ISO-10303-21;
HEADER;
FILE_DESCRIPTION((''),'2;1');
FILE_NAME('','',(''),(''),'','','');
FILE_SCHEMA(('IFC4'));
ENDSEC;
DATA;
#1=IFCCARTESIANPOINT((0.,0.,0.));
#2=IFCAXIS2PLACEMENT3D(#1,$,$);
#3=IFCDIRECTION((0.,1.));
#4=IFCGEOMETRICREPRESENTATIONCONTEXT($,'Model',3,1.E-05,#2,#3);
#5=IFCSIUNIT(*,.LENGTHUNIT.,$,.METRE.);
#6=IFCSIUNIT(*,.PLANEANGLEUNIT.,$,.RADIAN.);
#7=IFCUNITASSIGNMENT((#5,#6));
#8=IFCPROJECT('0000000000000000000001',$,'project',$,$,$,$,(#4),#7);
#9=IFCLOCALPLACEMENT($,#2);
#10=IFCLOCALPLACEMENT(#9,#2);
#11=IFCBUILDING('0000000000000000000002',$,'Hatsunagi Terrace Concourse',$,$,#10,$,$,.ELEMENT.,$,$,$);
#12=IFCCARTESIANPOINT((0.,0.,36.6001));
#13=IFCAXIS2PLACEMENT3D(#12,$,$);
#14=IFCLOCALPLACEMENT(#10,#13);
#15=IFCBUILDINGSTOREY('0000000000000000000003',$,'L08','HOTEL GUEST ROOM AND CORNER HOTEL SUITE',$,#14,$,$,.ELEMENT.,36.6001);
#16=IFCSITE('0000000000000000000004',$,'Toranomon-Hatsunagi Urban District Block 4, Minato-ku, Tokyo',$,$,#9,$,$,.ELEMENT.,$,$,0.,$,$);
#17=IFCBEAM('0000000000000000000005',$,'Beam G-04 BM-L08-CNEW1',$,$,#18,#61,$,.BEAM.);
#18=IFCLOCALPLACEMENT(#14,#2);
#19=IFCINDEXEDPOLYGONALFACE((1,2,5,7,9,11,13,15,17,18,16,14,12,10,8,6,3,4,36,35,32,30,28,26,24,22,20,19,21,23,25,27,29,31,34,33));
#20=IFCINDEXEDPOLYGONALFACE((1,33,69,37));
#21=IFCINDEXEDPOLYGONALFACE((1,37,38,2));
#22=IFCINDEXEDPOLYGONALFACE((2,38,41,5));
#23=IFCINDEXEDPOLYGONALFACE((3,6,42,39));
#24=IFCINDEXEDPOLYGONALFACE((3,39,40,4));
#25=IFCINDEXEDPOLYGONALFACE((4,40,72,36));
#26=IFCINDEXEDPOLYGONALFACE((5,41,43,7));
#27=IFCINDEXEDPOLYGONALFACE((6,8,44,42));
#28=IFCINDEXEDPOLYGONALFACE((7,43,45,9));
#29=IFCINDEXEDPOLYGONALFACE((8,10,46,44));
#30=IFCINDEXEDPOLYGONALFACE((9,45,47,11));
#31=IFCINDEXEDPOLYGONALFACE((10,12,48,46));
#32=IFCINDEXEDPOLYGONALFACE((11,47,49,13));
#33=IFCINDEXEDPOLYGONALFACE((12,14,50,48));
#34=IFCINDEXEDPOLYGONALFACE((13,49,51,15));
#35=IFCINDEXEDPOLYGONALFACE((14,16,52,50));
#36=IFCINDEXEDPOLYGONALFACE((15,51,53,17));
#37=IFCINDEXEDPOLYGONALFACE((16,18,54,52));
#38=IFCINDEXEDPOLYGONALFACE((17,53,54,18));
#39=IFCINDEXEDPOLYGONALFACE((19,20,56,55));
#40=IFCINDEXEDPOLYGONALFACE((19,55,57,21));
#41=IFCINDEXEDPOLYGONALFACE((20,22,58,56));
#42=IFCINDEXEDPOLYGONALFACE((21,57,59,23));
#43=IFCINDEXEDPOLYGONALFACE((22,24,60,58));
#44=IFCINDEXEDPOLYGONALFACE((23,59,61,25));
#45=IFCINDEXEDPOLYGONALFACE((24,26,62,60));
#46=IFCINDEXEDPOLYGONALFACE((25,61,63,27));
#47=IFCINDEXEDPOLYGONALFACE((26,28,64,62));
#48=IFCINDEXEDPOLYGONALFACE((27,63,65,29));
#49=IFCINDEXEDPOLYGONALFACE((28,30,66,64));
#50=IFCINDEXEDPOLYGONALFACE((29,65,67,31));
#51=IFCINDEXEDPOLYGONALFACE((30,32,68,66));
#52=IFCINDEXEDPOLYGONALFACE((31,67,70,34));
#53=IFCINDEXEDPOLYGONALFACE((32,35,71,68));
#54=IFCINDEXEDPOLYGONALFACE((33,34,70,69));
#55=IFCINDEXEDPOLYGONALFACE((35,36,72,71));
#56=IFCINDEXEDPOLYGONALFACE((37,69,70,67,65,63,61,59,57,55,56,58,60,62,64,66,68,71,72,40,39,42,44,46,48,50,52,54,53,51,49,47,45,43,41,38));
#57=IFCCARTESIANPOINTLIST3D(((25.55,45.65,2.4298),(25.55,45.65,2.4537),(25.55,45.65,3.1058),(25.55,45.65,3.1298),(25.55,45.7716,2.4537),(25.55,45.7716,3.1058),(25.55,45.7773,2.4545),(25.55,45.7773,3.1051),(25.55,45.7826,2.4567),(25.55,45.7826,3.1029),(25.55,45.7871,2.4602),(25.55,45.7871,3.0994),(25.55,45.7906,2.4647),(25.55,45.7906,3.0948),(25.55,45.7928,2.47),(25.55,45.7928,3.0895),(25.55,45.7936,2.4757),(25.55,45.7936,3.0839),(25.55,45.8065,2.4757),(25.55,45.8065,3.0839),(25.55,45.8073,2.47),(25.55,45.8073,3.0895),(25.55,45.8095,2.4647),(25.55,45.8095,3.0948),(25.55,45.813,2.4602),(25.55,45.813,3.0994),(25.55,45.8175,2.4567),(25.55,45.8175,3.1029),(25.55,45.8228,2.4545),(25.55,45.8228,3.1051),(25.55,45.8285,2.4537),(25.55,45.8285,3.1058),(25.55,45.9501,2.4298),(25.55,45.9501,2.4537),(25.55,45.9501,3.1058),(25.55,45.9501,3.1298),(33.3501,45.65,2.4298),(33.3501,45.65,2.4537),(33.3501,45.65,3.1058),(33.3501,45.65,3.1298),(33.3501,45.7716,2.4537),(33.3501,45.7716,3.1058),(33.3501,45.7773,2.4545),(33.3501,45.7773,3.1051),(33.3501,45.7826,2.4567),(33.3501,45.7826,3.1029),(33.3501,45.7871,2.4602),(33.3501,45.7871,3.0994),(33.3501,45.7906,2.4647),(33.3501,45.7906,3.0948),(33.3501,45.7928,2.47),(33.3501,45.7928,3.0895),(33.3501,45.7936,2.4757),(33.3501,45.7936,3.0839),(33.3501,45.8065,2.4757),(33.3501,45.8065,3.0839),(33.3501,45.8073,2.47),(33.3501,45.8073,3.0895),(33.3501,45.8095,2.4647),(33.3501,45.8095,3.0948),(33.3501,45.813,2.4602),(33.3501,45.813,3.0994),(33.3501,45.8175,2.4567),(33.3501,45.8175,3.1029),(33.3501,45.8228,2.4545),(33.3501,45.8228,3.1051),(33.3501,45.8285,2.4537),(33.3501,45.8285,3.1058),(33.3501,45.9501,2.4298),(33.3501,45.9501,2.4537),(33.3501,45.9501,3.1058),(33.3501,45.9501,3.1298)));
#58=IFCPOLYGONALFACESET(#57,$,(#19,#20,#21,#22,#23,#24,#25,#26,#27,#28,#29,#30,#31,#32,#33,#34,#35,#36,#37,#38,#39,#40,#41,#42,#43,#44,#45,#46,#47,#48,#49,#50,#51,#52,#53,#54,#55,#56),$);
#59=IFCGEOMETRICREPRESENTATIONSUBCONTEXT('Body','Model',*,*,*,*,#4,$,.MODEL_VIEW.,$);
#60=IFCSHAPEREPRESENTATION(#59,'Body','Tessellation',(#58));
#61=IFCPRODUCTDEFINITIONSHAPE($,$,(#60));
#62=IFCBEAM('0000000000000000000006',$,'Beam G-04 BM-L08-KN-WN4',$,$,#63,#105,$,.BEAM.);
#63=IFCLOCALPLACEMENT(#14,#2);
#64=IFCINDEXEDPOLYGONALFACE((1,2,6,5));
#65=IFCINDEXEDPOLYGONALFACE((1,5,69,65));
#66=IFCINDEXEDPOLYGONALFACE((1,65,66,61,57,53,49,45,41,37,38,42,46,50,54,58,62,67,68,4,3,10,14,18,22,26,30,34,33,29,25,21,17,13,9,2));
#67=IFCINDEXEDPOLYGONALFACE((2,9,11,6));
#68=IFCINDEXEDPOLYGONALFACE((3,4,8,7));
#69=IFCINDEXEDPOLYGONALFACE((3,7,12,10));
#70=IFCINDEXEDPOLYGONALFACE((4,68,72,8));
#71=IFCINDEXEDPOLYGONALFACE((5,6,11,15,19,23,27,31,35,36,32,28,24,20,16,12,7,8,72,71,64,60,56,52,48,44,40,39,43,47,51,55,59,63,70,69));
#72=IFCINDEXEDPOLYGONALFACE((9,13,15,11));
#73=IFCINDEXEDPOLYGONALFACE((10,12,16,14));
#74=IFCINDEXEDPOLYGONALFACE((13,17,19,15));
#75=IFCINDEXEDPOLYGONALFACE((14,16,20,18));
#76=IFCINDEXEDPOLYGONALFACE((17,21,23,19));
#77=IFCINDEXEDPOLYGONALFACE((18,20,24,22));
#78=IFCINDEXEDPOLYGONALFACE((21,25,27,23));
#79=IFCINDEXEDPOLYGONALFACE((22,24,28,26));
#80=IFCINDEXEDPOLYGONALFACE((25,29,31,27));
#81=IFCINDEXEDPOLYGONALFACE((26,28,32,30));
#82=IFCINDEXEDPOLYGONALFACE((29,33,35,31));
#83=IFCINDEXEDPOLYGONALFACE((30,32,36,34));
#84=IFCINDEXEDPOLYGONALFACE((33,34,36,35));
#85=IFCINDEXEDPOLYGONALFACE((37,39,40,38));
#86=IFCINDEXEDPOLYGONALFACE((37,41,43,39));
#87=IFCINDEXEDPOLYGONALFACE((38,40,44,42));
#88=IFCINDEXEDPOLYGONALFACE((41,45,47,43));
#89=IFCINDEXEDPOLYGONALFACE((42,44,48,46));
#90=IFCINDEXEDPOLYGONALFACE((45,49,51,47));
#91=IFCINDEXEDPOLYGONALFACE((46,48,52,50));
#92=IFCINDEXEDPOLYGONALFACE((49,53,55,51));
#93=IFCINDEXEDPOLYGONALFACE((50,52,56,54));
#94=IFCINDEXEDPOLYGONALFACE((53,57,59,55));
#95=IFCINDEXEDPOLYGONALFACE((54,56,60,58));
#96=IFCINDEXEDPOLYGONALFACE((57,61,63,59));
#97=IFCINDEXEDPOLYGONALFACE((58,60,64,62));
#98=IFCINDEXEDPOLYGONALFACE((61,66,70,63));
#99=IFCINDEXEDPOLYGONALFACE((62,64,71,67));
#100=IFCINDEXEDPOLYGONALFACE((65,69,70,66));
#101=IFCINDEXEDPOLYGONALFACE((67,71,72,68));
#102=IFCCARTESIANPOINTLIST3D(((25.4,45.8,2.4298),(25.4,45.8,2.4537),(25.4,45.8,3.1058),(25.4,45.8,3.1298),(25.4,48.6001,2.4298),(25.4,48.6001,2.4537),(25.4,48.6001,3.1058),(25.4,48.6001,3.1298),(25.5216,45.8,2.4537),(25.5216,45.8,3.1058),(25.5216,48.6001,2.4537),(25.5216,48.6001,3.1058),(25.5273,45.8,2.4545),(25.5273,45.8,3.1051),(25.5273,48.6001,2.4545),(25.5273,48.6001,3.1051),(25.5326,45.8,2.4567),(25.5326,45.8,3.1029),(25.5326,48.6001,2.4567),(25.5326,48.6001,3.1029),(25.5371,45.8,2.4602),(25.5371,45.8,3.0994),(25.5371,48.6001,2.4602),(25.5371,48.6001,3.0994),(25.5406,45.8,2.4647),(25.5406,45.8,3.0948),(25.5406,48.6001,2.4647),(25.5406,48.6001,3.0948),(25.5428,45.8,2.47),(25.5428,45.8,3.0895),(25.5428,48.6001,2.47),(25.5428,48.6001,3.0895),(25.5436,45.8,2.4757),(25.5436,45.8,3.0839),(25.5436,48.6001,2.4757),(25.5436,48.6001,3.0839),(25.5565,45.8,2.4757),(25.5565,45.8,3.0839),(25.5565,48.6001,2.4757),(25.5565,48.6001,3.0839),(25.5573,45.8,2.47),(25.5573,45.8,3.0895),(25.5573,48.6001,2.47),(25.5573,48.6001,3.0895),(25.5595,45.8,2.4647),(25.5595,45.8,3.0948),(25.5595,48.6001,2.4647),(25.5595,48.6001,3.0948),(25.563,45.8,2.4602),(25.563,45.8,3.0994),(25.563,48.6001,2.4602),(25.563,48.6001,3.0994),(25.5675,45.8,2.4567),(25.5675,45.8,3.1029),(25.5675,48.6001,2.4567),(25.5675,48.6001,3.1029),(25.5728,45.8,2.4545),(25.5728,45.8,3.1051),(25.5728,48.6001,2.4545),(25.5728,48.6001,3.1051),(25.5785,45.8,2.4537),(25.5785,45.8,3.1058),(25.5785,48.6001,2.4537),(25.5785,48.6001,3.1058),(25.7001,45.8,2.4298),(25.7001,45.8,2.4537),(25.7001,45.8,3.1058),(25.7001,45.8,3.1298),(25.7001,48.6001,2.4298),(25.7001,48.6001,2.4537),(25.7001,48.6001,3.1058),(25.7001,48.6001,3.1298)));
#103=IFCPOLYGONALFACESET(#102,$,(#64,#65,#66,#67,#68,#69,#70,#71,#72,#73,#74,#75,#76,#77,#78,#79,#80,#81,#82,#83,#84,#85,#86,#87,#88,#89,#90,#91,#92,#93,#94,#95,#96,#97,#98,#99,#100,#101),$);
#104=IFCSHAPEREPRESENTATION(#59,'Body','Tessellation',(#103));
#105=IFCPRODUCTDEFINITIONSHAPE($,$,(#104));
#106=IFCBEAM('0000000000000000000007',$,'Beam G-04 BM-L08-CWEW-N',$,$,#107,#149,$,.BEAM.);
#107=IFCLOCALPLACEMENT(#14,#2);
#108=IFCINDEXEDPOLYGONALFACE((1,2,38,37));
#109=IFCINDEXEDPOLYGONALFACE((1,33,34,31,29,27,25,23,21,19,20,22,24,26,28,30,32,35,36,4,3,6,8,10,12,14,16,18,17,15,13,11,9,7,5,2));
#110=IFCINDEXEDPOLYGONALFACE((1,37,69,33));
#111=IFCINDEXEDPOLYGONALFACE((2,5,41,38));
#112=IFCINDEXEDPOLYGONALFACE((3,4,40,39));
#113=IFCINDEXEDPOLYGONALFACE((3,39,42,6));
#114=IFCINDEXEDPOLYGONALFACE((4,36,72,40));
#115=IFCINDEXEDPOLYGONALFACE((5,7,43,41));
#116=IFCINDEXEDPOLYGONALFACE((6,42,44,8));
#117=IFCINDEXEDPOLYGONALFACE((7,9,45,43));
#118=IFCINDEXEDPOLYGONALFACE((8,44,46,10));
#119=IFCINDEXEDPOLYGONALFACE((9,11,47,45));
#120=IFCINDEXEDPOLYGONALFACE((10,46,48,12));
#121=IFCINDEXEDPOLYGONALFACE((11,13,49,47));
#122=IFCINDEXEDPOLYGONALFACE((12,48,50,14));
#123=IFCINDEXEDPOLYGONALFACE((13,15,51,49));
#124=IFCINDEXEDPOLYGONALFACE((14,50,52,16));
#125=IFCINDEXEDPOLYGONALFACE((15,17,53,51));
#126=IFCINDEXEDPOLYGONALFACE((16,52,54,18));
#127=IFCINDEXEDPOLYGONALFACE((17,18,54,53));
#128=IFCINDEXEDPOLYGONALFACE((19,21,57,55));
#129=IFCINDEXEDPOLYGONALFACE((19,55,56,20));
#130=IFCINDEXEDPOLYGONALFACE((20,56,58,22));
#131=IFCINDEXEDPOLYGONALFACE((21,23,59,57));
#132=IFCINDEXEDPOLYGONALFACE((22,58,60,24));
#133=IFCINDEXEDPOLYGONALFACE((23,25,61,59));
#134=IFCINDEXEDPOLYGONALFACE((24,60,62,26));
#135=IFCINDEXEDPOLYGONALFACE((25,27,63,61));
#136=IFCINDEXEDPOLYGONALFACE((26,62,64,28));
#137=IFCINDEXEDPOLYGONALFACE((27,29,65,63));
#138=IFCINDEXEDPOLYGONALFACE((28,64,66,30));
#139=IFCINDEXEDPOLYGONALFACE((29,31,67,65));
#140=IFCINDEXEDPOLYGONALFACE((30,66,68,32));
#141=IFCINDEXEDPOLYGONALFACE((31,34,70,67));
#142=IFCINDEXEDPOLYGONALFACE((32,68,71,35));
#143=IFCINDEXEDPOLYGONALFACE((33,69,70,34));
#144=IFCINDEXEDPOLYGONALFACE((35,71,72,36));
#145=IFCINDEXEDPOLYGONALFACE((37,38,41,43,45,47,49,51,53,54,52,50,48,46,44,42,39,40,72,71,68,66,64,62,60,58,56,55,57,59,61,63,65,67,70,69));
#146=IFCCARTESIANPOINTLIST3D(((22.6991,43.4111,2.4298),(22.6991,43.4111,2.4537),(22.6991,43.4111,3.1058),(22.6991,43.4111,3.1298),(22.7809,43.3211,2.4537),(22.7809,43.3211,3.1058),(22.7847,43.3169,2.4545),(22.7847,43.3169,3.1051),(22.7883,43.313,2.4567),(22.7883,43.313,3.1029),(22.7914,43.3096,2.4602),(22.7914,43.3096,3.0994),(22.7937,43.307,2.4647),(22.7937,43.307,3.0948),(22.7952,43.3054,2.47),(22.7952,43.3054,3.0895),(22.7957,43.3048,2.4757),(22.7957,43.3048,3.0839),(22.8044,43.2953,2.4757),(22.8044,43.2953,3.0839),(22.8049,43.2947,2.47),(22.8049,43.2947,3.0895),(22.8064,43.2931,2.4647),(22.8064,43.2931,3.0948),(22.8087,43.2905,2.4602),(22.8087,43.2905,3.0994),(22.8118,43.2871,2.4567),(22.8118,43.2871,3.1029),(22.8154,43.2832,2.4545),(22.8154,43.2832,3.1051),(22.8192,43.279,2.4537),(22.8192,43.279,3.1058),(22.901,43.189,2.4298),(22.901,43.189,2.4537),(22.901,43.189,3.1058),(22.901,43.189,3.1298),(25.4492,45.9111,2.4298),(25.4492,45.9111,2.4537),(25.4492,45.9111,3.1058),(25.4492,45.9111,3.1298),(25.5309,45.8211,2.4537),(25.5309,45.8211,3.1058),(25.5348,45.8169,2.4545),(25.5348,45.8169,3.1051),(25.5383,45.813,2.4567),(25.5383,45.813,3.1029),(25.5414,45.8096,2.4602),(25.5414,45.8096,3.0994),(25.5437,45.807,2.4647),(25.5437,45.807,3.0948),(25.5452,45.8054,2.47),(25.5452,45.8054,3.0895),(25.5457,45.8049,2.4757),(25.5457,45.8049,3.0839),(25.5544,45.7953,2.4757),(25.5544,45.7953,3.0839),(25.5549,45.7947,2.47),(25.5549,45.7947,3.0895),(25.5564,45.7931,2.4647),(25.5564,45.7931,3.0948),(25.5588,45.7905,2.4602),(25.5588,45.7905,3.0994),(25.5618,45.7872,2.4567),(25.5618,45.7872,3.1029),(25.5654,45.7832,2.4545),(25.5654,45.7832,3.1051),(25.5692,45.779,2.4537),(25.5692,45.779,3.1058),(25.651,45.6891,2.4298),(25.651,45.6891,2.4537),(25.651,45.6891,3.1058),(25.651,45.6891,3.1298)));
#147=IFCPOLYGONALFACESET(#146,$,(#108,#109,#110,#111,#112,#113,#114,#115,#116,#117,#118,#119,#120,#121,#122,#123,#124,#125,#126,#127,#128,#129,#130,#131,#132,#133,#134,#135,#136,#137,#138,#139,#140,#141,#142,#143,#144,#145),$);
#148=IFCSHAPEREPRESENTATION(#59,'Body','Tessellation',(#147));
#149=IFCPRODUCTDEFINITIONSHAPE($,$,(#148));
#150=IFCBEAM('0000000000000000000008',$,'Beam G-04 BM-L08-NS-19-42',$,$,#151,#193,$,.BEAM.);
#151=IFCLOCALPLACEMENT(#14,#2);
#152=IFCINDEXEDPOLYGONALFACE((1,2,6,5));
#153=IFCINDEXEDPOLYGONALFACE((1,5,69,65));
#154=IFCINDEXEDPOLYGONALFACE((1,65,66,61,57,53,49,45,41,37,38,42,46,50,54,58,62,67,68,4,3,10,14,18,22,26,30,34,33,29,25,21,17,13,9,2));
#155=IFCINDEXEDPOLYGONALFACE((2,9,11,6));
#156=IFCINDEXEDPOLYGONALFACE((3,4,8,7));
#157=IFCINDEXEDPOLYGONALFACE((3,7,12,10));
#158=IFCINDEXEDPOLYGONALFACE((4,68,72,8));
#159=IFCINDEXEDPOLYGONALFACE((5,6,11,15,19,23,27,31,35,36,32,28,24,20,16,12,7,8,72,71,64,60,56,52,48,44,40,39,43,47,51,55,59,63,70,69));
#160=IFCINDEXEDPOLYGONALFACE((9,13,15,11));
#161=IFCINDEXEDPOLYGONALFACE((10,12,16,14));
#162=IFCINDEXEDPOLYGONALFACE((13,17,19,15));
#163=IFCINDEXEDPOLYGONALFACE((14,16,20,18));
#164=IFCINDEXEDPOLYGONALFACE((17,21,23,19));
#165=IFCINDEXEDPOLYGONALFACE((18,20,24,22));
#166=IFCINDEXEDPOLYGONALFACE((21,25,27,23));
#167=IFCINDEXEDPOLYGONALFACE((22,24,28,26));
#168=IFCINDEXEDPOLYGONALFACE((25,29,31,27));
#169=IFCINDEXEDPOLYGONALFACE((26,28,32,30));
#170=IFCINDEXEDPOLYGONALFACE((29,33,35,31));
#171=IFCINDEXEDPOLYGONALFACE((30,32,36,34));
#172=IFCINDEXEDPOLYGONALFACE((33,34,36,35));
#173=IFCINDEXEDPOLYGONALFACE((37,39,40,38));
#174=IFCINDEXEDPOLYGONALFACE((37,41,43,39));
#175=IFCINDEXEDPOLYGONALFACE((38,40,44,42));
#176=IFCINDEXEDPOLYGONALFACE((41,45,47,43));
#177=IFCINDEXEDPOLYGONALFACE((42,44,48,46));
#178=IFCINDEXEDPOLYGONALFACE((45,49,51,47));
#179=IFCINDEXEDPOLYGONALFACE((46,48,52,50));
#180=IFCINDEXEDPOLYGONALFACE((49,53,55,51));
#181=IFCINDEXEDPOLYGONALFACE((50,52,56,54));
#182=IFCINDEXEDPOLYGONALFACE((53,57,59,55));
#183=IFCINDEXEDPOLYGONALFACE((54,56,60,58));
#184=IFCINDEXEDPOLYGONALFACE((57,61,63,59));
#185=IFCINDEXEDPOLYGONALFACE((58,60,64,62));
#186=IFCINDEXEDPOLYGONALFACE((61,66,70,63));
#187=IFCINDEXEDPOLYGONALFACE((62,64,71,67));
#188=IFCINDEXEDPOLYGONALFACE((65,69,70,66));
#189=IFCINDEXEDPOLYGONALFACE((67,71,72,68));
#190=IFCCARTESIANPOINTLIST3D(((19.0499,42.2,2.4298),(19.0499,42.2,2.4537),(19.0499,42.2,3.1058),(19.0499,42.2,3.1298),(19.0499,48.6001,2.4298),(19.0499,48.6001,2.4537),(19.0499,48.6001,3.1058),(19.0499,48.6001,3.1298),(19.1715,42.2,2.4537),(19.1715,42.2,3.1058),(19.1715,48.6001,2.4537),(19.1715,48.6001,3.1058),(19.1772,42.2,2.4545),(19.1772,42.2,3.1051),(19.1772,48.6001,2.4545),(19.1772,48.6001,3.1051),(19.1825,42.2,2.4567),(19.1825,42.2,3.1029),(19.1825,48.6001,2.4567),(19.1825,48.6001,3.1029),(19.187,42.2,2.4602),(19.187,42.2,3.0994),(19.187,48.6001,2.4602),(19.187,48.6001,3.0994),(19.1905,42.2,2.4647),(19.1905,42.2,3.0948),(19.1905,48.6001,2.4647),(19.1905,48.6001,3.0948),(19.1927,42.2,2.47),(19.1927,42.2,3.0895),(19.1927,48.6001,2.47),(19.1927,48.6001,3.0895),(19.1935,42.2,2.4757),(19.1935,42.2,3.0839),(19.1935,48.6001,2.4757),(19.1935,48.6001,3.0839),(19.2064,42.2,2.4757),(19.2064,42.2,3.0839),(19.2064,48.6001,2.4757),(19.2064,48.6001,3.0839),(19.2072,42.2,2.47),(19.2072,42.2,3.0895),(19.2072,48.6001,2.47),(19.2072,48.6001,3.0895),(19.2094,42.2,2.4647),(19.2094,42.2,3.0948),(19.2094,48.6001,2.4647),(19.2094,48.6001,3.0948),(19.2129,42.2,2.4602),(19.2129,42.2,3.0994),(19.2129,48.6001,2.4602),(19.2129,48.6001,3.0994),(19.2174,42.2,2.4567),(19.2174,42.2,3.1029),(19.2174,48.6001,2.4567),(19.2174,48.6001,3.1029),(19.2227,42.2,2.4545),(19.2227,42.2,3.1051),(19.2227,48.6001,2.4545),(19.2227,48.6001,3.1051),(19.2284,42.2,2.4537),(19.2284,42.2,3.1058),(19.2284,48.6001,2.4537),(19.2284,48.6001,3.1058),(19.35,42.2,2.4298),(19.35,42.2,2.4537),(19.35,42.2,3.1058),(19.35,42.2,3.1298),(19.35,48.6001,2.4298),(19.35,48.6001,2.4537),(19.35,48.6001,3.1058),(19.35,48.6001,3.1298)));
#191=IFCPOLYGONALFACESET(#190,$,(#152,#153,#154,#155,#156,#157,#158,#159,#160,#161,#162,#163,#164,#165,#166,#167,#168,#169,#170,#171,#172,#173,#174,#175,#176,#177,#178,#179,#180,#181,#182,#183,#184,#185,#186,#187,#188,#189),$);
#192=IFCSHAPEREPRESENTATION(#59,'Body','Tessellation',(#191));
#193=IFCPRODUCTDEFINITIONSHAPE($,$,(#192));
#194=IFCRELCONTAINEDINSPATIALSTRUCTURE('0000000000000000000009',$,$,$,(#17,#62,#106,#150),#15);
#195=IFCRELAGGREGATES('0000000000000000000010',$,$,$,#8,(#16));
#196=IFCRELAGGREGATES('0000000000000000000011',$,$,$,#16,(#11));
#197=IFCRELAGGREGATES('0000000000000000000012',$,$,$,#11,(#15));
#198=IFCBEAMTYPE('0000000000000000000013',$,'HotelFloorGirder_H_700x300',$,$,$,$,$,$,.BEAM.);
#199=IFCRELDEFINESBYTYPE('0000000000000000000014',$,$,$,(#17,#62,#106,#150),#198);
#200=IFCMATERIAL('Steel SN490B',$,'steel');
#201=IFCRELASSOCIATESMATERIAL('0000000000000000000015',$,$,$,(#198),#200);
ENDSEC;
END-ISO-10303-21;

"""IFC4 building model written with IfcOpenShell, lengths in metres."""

from ifc_helpers import new_model, si_unit, direction, frame, origin, origin_2d, place, context, subcontext, project, spatial, i_section, extrude, material, material_profile, profile_set, type_object, element, save


model = new_model("IFC4")

# Units and contexts
model_context = context("Model", 3, precision=1e-05, world=origin(), true_north=direction((0.0, 1.0)))
body_context = subcontext(model_context, "Body", "Model", "MODEL_VIEW")
ifc_project = project(units=[si_unit("LENGTHUNIT", "METRE"), si_unit("PLANEANGLEUNIT", "RADIAN")], contexts=[model_context])

# Site, building, storey
site_placement = place(None, origin())
site = spatial("IfcSite", under=ifc_project, at=site_placement, Name="Toranomon-Hatsunagi Urban District Block 4, Minato-ku, Tokyo", CompositionType="ELEMENT", RefElevation=0.0)
building_placement = place(site_placement, origin())
building = spatial("IfcBuilding", under=site, at=building_placement, Name="Hatsunagi Terrace Concourse", CompositionType="ELEMENT")
storey_placement = place(building_placement, frame((0.0, 0.0, 36.6001)))
storey = spatial("IfcBuildingStorey", under=building, at=storey_placement, Name="L08", Description="HOTEL GUEST ROOM AND CORNER HOTEL SUITE", CompositionType="ELEMENT", Elevation=36.6001)

# Beams
ifc_material_1 = material(Name="Steel SN490B", Category="steel")
ifc_material_profile_1 = material_profile(ifc_material_1, i_section(OverallWidth=0.3, OverallDepth=0.7, WebThickness=0.0129, FlangeThickness=0.0239, FilletRadius=0.022, at=origin_2d()), Name="H-700x300x13x24")
ifc_profile_set_1 = profile_set([ifc_material_profile_1], Name="Steel SN490B")
beam_type_1 = type_object("IfcBeamType", Name="HotelFloorGirder_H_700x300", PredefinedType="BEAM", material=ifc_profile_set_1)
beam_1_placement = place(storey_placement, frame((25.55, 45.8, 2.7798), z_axis=(1.0, 0.0, 0.0), x_axis=(0.0, 1.0, 0.0)))
element("IfcBeam", 1, at=beam_1_placement, inside=storey, type_object=beam_type_1, Name="Beam G-04 BM-L08-CNEW1", PredefinedType="BEAM", context=body_context, shape_type="SweptSolid", body=[
    extrude(i_section(OverallWidth=0.3, OverallDepth=0.7, WebThickness=0.0129, FlangeThickness=0.0239, FilletRadius=0.022, at=origin_2d()), origin(), (0.0, 0.0, 1.0), 7.8),
])
beam_2_placement = place(storey_placement, frame((25.55, 45.8, 2.7798), z_axis=(0.0, 1.0, 0.0), x_axis=(-1.0, 0.0, 0.0)))
element("IfcBeam", 2, at=beam_2_placement, inside=storey, type_object=beam_type_1, Name="Beam G-04 BM-L08-KN-WN4", PredefinedType="BEAM", context=body_context, shape_type="SweptSolid", body=[
    extrude(i_section(OverallWidth=0.3, OverallDepth=0.7, WebThickness=0.0129, FlangeThickness=0.0239, FilletRadius=0.022, at=origin_2d()), origin(), (0.0, 0.0, 1.0), 2.8),
])
beam_3_placement = place(storey_placement, frame((22.8, 43.3, 2.7798), z_axis=(0.73994, 0.672673, 0.0), x_axis=(-0.672673, 0.73994, 0.0)))
element("IfcBeam", 3, at=beam_3_placement, inside=storey, type_object=beam_type_1, Name="Beam G-04 BM-L08-CWEW-N", PredefinedType="BEAM", context=body_context, shape_type="SweptSolid", body=[
    extrude(i_section(OverallWidth=0.3, OverallDepth=0.7, WebThickness=0.0129, FlangeThickness=0.0239, FilletRadius=0.022, at=origin_2d()), origin(), (0.0, 0.0, 1.0), 3.7166),
])
beam_4_placement = place(storey_placement, frame((19.2, 42.2, 2.7798), z_axis=(0.0, 1.0, 0.0), x_axis=(-1.0, 0.0, 0.0)))
element("IfcBeam", 4, at=beam_4_placement, inside=storey, type_object=beam_type_1, Name="Beam G-04 BM-L08-NS-19-42", PredefinedType="BEAM", context=body_context, shape_type="SweptSolid", body=[
    extrude(i_section(OverallWidth=0.3, OverallDepth=0.7, WebThickness=0.0129, FlangeThickness=0.0239, FilletRadius=0.022, at=origin_2d()), origin(), (0.0, 0.0, 1.0), 6.4001),
])

save(model, "model.ifc")
